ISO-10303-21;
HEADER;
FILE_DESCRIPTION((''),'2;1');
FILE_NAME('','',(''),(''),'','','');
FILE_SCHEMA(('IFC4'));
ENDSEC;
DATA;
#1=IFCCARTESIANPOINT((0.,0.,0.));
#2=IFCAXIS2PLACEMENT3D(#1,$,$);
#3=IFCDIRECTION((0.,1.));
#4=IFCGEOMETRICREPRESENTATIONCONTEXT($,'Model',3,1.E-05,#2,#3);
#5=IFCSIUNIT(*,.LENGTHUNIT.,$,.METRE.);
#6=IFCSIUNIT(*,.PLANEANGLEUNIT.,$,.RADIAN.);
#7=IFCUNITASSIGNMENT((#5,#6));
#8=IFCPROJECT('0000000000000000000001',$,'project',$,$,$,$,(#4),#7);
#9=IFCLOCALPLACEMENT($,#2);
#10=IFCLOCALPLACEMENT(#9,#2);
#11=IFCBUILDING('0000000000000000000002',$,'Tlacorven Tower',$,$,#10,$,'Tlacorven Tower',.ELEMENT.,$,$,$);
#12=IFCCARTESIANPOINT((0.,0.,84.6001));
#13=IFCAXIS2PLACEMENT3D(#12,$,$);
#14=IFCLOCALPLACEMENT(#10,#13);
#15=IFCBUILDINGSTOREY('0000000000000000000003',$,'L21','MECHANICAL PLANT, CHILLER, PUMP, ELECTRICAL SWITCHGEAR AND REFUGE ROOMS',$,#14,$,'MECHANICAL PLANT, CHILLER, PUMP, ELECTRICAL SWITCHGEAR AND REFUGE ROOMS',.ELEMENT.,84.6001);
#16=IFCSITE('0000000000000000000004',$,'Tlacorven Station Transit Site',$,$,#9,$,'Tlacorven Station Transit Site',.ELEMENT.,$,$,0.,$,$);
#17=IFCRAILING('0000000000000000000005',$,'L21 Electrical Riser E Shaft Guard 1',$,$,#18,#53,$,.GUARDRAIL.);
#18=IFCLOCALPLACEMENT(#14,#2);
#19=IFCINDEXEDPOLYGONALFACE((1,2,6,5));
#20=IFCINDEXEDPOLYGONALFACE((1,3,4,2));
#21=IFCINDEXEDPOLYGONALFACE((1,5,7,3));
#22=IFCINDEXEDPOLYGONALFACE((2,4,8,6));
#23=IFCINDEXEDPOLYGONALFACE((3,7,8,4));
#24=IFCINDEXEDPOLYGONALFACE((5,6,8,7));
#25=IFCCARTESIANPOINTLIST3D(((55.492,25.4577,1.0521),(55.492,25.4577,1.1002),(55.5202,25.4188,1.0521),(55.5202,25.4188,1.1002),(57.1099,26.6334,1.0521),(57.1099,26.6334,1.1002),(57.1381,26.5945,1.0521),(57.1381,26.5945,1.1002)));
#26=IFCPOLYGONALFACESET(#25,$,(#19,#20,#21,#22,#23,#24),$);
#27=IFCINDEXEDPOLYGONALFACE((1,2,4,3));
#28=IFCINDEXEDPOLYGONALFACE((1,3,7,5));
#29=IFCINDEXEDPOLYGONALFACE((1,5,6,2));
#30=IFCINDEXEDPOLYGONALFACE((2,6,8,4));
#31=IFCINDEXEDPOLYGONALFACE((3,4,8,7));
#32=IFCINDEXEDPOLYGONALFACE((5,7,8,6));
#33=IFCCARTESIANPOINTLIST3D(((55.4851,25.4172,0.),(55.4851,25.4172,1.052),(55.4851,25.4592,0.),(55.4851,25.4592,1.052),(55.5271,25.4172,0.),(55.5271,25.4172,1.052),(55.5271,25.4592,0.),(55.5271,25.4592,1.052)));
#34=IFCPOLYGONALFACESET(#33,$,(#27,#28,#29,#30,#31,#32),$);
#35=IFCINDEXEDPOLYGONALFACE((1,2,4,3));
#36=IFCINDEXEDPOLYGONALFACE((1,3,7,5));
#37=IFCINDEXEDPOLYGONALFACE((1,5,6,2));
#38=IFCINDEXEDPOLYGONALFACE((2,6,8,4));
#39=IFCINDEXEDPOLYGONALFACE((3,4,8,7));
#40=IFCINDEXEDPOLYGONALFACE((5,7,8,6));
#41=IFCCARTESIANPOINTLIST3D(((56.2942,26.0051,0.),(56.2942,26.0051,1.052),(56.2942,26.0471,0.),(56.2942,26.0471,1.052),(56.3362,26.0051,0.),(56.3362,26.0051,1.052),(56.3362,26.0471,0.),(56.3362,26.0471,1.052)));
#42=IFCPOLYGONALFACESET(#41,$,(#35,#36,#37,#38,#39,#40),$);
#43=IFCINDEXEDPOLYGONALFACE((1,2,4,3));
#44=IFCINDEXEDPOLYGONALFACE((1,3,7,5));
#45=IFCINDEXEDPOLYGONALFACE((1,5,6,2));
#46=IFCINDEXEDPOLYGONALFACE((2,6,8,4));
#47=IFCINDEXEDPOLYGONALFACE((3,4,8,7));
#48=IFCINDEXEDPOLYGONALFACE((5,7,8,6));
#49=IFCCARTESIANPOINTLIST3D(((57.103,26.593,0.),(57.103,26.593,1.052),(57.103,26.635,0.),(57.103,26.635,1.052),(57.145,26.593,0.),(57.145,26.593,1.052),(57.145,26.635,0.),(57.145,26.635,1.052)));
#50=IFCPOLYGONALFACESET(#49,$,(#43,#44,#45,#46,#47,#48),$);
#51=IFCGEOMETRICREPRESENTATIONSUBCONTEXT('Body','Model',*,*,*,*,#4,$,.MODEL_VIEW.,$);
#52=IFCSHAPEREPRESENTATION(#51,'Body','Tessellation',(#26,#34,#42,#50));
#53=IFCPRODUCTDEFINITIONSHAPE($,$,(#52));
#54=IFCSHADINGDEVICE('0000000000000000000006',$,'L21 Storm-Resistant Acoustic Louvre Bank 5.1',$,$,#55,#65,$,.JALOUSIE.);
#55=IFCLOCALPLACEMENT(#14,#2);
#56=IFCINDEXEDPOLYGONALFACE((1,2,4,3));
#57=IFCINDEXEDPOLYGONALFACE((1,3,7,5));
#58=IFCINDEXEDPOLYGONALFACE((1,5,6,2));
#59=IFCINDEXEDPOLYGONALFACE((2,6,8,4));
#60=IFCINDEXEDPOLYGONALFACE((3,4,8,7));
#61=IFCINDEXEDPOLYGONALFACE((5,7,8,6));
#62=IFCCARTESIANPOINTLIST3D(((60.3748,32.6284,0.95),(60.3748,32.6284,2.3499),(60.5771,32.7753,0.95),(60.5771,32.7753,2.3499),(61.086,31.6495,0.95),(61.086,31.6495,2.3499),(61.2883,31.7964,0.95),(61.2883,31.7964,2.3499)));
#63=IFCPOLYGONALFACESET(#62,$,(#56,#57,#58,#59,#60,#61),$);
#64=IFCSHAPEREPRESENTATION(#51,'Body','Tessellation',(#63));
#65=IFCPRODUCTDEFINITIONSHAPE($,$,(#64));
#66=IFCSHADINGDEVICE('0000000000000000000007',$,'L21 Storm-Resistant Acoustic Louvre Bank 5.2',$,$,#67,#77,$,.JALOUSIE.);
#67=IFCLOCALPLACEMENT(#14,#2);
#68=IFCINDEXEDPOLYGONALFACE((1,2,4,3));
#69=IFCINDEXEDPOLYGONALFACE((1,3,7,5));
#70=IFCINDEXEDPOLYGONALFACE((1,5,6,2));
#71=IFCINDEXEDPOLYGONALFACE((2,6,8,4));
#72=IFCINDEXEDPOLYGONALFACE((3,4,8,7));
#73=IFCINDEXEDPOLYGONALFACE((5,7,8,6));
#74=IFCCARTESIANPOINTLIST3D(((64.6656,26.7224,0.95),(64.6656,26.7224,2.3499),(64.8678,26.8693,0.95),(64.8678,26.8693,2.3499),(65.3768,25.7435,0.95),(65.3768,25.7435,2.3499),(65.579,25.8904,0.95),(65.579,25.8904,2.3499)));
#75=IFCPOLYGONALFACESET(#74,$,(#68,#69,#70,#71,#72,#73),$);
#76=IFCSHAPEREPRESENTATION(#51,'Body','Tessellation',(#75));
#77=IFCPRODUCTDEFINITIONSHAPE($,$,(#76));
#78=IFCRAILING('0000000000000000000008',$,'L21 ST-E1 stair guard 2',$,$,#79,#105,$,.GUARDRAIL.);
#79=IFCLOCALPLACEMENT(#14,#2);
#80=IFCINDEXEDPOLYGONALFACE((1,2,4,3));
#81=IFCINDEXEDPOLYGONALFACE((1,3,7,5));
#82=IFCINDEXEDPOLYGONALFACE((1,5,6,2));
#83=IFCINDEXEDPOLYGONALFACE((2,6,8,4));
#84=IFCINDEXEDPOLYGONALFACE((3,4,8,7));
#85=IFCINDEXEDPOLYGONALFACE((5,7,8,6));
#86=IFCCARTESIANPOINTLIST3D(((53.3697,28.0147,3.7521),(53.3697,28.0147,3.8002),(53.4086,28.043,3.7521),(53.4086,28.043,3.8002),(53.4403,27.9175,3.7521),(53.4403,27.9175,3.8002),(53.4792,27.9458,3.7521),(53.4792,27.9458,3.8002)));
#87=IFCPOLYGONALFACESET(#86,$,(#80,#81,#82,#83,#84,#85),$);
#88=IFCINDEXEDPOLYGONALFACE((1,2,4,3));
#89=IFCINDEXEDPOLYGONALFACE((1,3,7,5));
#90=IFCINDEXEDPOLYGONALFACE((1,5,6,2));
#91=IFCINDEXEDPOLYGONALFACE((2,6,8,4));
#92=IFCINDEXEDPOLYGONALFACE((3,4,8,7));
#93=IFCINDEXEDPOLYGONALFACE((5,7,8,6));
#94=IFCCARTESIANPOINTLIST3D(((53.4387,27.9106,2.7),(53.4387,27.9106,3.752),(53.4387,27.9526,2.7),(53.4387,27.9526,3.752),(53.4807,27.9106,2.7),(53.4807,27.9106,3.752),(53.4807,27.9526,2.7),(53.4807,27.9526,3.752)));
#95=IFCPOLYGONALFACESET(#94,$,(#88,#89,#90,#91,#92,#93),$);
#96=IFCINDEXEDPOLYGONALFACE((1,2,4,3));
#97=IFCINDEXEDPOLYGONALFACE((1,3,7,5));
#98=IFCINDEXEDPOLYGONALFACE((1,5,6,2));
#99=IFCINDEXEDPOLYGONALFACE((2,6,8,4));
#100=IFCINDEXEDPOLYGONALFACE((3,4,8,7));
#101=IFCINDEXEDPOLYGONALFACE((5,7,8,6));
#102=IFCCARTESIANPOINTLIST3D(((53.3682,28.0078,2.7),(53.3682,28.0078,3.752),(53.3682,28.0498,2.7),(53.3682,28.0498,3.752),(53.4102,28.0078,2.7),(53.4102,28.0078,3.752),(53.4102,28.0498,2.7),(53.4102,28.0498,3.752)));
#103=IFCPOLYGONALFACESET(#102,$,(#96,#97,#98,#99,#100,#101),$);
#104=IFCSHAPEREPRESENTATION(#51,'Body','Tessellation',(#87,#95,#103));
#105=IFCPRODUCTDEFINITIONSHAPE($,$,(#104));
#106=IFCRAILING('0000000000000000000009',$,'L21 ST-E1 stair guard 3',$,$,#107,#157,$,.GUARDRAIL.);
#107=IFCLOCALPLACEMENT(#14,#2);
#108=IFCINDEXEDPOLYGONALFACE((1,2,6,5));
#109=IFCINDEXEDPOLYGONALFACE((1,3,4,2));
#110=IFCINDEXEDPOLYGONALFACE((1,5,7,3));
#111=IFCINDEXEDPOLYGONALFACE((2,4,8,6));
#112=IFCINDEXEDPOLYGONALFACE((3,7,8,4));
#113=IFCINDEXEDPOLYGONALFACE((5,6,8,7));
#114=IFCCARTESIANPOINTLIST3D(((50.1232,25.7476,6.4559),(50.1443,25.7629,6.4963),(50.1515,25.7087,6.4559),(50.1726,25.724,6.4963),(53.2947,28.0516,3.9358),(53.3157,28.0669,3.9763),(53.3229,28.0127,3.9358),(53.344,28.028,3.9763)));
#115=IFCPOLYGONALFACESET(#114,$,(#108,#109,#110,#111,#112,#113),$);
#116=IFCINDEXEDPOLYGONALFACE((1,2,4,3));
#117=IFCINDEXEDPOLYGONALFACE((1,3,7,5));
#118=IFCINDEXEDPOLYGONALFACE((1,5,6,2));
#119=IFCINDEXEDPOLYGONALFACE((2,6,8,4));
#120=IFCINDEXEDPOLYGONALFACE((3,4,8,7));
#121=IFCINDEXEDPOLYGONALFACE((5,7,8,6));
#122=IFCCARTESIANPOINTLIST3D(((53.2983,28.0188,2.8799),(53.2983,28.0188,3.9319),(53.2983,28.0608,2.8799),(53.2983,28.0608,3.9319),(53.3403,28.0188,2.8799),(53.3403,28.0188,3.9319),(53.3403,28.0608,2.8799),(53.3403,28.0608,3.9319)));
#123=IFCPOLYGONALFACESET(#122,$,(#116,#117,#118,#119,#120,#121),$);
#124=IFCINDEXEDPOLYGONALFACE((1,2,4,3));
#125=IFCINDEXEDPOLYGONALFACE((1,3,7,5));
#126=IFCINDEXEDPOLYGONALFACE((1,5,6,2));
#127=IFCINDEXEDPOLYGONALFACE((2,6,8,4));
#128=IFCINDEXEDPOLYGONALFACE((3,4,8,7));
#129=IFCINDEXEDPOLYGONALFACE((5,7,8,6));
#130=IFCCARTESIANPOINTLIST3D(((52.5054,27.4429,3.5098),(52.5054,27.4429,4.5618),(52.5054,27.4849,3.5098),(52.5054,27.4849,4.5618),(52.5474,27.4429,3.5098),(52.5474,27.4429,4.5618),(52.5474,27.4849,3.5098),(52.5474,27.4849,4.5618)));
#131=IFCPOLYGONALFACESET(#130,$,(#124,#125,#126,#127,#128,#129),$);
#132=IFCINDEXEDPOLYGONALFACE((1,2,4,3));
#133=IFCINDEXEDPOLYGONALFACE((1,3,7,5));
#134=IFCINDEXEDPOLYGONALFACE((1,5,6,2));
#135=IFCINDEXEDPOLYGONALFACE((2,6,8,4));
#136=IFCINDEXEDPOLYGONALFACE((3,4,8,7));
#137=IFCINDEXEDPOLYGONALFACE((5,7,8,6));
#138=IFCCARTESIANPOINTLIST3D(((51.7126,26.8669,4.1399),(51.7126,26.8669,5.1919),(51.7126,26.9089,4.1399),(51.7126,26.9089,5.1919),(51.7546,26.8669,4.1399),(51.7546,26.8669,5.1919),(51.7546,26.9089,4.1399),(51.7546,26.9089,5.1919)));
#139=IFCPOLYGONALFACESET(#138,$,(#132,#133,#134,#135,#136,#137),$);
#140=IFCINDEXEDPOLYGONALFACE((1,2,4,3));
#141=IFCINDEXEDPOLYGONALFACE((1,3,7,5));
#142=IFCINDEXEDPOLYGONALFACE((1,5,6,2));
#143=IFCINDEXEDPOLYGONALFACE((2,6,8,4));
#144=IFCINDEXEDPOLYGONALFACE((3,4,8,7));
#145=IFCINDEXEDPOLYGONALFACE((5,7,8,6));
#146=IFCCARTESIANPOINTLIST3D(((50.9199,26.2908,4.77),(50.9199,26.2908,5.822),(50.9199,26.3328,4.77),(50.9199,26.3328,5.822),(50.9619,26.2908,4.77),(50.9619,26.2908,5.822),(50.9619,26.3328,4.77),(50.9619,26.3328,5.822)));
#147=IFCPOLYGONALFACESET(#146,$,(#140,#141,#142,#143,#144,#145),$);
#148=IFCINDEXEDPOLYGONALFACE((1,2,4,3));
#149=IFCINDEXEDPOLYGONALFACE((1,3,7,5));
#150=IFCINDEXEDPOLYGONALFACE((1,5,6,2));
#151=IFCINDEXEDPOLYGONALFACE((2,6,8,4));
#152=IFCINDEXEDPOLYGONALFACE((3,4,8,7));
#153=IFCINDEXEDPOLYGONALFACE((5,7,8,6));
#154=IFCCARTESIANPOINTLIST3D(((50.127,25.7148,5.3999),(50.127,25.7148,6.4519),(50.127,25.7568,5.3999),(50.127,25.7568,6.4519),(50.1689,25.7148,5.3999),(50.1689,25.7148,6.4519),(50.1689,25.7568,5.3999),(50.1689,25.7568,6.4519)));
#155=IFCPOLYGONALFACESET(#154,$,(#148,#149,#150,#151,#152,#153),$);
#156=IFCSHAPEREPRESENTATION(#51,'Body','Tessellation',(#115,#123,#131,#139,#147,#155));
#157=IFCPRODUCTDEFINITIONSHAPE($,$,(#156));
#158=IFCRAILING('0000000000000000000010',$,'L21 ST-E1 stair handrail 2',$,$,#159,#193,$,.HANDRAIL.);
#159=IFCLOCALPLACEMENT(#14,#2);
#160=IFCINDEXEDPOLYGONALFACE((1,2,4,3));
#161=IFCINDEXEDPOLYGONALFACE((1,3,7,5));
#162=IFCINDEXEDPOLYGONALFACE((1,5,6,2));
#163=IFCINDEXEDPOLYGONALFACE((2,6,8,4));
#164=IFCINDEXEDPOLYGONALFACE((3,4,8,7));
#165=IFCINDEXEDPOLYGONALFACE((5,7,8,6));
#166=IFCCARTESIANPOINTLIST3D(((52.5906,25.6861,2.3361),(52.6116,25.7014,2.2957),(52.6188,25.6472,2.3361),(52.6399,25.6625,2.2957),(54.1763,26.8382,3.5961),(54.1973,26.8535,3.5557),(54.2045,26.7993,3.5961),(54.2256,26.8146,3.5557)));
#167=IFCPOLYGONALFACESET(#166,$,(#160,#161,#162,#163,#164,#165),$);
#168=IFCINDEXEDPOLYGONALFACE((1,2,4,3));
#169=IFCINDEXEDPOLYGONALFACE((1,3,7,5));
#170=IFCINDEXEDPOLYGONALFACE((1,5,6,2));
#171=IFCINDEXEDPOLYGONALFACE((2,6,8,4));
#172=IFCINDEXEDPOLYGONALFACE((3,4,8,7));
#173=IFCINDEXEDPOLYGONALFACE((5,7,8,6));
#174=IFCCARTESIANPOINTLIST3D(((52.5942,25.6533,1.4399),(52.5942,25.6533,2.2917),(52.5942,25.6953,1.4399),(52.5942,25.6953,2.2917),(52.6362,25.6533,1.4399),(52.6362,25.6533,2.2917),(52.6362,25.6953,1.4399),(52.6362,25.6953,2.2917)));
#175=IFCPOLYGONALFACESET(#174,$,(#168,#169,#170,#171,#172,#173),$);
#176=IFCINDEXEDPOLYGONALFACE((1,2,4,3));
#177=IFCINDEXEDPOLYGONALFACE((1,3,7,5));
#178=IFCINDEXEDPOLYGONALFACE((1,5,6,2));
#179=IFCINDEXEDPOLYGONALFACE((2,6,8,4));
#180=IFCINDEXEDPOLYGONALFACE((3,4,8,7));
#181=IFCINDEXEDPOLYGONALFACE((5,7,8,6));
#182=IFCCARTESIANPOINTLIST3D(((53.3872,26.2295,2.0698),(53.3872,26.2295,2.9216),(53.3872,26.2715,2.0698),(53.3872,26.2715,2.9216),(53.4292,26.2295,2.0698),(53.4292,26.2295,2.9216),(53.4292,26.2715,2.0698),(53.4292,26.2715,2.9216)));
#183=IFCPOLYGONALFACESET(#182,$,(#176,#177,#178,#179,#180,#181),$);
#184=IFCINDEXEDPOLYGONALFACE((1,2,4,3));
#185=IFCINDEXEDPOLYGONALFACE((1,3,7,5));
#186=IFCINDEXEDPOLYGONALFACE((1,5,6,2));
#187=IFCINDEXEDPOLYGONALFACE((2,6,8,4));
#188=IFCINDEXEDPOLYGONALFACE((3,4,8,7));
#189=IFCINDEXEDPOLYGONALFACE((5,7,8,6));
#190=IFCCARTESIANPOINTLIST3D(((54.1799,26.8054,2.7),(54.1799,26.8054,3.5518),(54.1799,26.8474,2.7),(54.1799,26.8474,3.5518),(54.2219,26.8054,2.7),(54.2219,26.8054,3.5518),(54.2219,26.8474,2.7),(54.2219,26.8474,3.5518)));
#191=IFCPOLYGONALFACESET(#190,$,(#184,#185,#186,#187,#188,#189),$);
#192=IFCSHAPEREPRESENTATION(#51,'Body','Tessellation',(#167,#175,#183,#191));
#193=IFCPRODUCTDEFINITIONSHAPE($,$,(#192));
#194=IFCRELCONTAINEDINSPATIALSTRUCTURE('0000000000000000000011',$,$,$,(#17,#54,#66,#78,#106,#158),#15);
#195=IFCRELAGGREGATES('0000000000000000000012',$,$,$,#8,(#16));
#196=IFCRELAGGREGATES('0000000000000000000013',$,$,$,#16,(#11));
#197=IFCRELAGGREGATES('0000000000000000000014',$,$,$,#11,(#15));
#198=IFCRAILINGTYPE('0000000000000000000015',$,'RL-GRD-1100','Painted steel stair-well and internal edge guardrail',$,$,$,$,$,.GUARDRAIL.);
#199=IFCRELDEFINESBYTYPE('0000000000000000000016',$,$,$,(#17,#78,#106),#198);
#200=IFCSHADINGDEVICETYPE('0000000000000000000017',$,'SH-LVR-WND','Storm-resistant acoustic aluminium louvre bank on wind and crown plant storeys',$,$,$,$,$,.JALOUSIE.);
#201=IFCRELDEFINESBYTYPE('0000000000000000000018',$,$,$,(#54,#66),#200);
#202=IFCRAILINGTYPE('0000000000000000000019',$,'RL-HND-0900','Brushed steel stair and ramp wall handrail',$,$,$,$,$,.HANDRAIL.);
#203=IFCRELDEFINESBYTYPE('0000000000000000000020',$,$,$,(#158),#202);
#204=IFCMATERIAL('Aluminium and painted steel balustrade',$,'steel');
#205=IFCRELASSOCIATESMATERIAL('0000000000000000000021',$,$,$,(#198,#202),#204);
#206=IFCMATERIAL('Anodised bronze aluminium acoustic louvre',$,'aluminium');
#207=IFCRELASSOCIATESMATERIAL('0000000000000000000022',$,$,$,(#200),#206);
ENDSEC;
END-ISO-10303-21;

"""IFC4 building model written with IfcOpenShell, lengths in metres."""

from ifc_helpers import new_model, si_unit, direction, frame, origin, origin_2d, place, context, subcontext, project, spatial, rectangle, extrude, source, transform, mapped, material, type_object, element, save


model = new_model("IFC4")

# Units and contexts
model_context = context("Model", 3, precision=1e-05, world=origin(), true_north=direction((0.0, 1.0)))
body_context = subcontext(model_context, "Body", "Model", "MODEL_VIEW")
ifc_project = project(units=[si_unit("LENGTHUNIT", "METRE"), si_unit("PLANEANGLEUNIT", "RADIAN")], contexts=[model_context])

# Site, building, storey
site_placement = place(None, origin())
site = spatial("IfcSite", under=ifc_project, at=site_placement, Name="Tlacorven Station Transit Site", LongName="Tlacorven Station Transit Site", CompositionType="ELEMENT", RefElevation=0.0)
building_placement = place(site_placement, origin())
building = spatial("IfcBuilding", under=site, at=building_placement, Name="Tlacorven Tower", LongName="Tlacorven Tower", CompositionType="ELEMENT")
storey_placement = place(building_placement, frame((0.0, 0.0, 84.6001)))
storey = spatial("IfcBuildingStorey", under=building, at=storey_placement, Name="L21", Description="MECHANICAL PLANT, CHILLER, PUMP, ELECTRICAL SWITCHGEAR AND REFUGE ROOMS", LongName="MECHANICAL PLANT, CHILLER, PUMP, ELECTRICAL SWITCHGEAR AND REFUGE ROOMS", CompositionType="ELEMENT", Elevation=84.6001)

# Railing
ifc_material_1 = material(Name="Aluminium and painted steel balustrade", Category="steel")
railing_type_1 = type_object("IfcRailingType", Name="RL-GRD-1100", Description="Painted steel stair-well and internal edge guardrail", PredefinedType="GUARDRAIL", material=ifc_material_1)
shared_shape_1 = source(origin(), body_context, "Body", "SweptSolid", [
    extrude(rectangle(XDim=0.0481, YDim=0.0481, at=origin_2d()), frame((0.0, 0.0, 1.0762), z_axis=(0.808947, 0.587881, 0.0), x_axis=(-0.587881, 0.808947, 0.0)), (0.0, 0.0, 1.0), 2.0),
    extrude(rectangle(XDim=0.042, YDim=0.042, at=origin_2d()), origin(), (0.0, 0.0, 1.0), 1.052),
    extrude(rectangle(XDim=0.042, YDim=0.042, at=origin_2d()), frame((0.8091, 0.5879, 0.0)), (0.0, 0.0, 1.0), 1.052),
    extrude(rectangle(XDim=0.042, YDim=0.042, at=origin_2d()), frame((1.6179, 1.1758, 0.0)), (0.0, 0.0, 1.0), 1.052),
])
railing_1_placement = place(storey_placement, frame((55.5061, 25.4382, 0.0)))
element("IfcRailing", 1, at=railing_1_placement, inside=storey, type_object=railing_type_1, Name="L21 Electrical Riser E Shaft Guard 1", PredefinedType="GUARDRAIL", context=body_context, shape_type="MappedRepresentation", body=[
    mapped(shared_shape_1, transform((0.0, 0.0, 0.0), scale=1.0)),
])

# Shading devices
ifc_material_2 = material(Name="Anodised bronze aluminium acoustic louvre", Category="aluminium")
shading_device_type = type_object("IfcShadingDeviceType", Name="SH-LVR-WND", Description="Storm-resistant acoustic aluminium louvre bank on wind and crown plant storeys", PredefinedType="JALOUSIE", material=ifc_material_2)
shared_shape_2 = source(origin(), body_context, "Body", "SweptSolid", [
    extrude(rectangle(XDim=1.21, YDim=0.25, at=origin_2d()), origin(), (0.0, 0.0, 1.0), 1.3999),
])
for number, where, z_axis, x_axis, name in (
    (2, (60.8315, 32.2124, 0.95), (0.0, 0.0, 1.0), (0.587785, -0.809017, 0.0), "L21 Storm-Resistant Acoustic Louvre Bank 5.1"),
    (3, (65.1223, 26.3064, 0.95), (0.0, 0.0, 1.0), (0.587785, -0.809017, 0.0), "L21 Storm-Resistant Acoustic Louvre Bank 5.2"),
):
    element("IfcShadingDevice", number, at=place(storey_placement, frame(where, z_axis=z_axis, x_axis=x_axis)), inside=storey, type_object=shading_device_type, Name=name, PredefinedType="JALOUSIE", context=body_context, shape_type="MappedRepresentation", body=[
        mapped(shared_shape_2, transform((0.0, 0.0, 0.0), scale=1.0)),
    ])

# Railings
shared_shape_3 = source(origin(), body_context, "Body", "SweptSolid", [
    extrude(rectangle(XDim=0.0481, YDim=0.0481, at=origin_2d()), frame((0.0, 0.0, 1.0762), z_axis=(-0.587567, 0.809175, 0.0), x_axis=(-0.809175, -0.587567, 0.0)), (0.0, 0.0, 1.0), 0.1201),
    extrude(rectangle(XDim=0.042, YDim=0.042, at=origin_2d()), origin(), (0.0, 0.0, 1.0), 1.052),
    extrude(rectangle(XDim=0.042, YDim=0.042, at=origin_2d()), frame((-0.0706, 0.0972, 0.0)), (0.0, 0.0, 1.0), 1.052),
])
railing_2_placement = place(storey_placement, frame((53.4597, 27.9316, 2.7)))
element("IfcRailing", 4, at=railing_2_placement, inside=storey, type_object=railing_type_1, Name="L21 ST-E1 stair guard 2", PredefinedType="GUARDRAIL", context=body_context, shape_type="MappedRepresentation", body=[
    mapped(shared_shape_3, transform((0.0, 0.0, 0.0), scale=1.0)),
])
shared_shape_4 = source(origin(), body_context, "Body", "SweptSolid", [
    extrude(rectangle(XDim=0.0481, YDim=0.0481, at=origin_2d()), frame((0.0, 0.0, 1.0762), z_axis=(-0.680543, -0.494402, 0.540767), x_axis=(0.587753, -0.80904, 0.0)), (0.0, 0.0, 1.0), 4.6602),
    extrude(rectangle(XDim=0.042, YDim=0.042, at=origin_2d()), origin(), (0.0, 0.0, 1.0), 1.052),
    extrude(rectangle(XDim=0.042, YDim=0.042, at=origin_2d()), frame((-0.793, -0.5759, 0.6299)), (0.0, 0.0, 1.0), 1.052),
    extrude(rectangle(XDim=0.042, YDim=0.042, at=origin_2d()), frame((-1.5857, -1.1519, 1.26)), (0.0, 0.0, 1.0), 1.052),
    extrude(rectangle(XDim=0.042, YDim=0.042, at=origin_2d()), frame((-2.3784, -1.728, 1.8901)), (0.0, 0.0, 1.0), 1.052),
    extrude(rectangle(XDim=0.042, YDim=0.042, at=origin_2d()), frame((-3.1714, -2.304, 2.52)), (0.0, 0.0, 1.0), 1.052),
])
railing_3_placement = place(storey_placement, frame((53.3193, 28.0398, 2.8799)))
element("IfcRailing", 5, at=railing_3_placement, inside=storey, type_object=railing_type_1, Name="L21 ST-E1 stair guard 3", PredefinedType="GUARDRAIL", context=body_context, shape_type="MappedRepresentation", body=[
    mapped(shared_shape_4, transform((0.0, 0.0, 0.0), scale=1.0)),
])
railing_type_2 = type_object("IfcRailingType", Name="RL-HND-0900", Description="Brushed steel stair and ramp wall handrail", PredefinedType="HANDRAIL", material=ifc_material_1)
shared_shape_5 = source(origin(), body_context, "Body", "SweptSolid", [
    extrude(rectangle(XDim=0.0481, YDim=0.0481, at=origin_2d()), frame((0.0, 0.0, 0.876), z_axis=(0.680525, 0.494441, 0.540753), x_axis=(-0.587794, 0.809011, 0.0)), (0.0, 0.0, 1.0), 2.3301),
    extrude(rectangle(XDim=0.042, YDim=0.042, at=origin_2d()), origin(), (0.0, 0.0, 1.0), 0.8518),
    extrude(rectangle(XDim=0.042, YDim=0.042, at=origin_2d()), frame((0.793, 0.5762, 0.6299)), (0.0, 0.0, 1.0), 0.8518),
    extrude(rectangle(XDim=0.042, YDim=0.042, at=origin_2d()), frame((1.5857, 1.1521, 1.26)), (0.0, 0.0, 1.0), 0.8518),
])
railing_4_placement = place(storey_placement, frame((52.6152, 25.6743, 1.4399)))
element("IfcRailing", 6, at=railing_4_placement, inside=storey, type_object=railing_type_2, Name="L21 ST-E1 stair handrail 2", PredefinedType="HANDRAIL", context=body_context, shape_type="MappedRepresentation", body=[
    mapped(shared_shape_5, transform((0.0, 0.0, 0.0), scale=1.0)),
])

save(model, "model.ifc")
